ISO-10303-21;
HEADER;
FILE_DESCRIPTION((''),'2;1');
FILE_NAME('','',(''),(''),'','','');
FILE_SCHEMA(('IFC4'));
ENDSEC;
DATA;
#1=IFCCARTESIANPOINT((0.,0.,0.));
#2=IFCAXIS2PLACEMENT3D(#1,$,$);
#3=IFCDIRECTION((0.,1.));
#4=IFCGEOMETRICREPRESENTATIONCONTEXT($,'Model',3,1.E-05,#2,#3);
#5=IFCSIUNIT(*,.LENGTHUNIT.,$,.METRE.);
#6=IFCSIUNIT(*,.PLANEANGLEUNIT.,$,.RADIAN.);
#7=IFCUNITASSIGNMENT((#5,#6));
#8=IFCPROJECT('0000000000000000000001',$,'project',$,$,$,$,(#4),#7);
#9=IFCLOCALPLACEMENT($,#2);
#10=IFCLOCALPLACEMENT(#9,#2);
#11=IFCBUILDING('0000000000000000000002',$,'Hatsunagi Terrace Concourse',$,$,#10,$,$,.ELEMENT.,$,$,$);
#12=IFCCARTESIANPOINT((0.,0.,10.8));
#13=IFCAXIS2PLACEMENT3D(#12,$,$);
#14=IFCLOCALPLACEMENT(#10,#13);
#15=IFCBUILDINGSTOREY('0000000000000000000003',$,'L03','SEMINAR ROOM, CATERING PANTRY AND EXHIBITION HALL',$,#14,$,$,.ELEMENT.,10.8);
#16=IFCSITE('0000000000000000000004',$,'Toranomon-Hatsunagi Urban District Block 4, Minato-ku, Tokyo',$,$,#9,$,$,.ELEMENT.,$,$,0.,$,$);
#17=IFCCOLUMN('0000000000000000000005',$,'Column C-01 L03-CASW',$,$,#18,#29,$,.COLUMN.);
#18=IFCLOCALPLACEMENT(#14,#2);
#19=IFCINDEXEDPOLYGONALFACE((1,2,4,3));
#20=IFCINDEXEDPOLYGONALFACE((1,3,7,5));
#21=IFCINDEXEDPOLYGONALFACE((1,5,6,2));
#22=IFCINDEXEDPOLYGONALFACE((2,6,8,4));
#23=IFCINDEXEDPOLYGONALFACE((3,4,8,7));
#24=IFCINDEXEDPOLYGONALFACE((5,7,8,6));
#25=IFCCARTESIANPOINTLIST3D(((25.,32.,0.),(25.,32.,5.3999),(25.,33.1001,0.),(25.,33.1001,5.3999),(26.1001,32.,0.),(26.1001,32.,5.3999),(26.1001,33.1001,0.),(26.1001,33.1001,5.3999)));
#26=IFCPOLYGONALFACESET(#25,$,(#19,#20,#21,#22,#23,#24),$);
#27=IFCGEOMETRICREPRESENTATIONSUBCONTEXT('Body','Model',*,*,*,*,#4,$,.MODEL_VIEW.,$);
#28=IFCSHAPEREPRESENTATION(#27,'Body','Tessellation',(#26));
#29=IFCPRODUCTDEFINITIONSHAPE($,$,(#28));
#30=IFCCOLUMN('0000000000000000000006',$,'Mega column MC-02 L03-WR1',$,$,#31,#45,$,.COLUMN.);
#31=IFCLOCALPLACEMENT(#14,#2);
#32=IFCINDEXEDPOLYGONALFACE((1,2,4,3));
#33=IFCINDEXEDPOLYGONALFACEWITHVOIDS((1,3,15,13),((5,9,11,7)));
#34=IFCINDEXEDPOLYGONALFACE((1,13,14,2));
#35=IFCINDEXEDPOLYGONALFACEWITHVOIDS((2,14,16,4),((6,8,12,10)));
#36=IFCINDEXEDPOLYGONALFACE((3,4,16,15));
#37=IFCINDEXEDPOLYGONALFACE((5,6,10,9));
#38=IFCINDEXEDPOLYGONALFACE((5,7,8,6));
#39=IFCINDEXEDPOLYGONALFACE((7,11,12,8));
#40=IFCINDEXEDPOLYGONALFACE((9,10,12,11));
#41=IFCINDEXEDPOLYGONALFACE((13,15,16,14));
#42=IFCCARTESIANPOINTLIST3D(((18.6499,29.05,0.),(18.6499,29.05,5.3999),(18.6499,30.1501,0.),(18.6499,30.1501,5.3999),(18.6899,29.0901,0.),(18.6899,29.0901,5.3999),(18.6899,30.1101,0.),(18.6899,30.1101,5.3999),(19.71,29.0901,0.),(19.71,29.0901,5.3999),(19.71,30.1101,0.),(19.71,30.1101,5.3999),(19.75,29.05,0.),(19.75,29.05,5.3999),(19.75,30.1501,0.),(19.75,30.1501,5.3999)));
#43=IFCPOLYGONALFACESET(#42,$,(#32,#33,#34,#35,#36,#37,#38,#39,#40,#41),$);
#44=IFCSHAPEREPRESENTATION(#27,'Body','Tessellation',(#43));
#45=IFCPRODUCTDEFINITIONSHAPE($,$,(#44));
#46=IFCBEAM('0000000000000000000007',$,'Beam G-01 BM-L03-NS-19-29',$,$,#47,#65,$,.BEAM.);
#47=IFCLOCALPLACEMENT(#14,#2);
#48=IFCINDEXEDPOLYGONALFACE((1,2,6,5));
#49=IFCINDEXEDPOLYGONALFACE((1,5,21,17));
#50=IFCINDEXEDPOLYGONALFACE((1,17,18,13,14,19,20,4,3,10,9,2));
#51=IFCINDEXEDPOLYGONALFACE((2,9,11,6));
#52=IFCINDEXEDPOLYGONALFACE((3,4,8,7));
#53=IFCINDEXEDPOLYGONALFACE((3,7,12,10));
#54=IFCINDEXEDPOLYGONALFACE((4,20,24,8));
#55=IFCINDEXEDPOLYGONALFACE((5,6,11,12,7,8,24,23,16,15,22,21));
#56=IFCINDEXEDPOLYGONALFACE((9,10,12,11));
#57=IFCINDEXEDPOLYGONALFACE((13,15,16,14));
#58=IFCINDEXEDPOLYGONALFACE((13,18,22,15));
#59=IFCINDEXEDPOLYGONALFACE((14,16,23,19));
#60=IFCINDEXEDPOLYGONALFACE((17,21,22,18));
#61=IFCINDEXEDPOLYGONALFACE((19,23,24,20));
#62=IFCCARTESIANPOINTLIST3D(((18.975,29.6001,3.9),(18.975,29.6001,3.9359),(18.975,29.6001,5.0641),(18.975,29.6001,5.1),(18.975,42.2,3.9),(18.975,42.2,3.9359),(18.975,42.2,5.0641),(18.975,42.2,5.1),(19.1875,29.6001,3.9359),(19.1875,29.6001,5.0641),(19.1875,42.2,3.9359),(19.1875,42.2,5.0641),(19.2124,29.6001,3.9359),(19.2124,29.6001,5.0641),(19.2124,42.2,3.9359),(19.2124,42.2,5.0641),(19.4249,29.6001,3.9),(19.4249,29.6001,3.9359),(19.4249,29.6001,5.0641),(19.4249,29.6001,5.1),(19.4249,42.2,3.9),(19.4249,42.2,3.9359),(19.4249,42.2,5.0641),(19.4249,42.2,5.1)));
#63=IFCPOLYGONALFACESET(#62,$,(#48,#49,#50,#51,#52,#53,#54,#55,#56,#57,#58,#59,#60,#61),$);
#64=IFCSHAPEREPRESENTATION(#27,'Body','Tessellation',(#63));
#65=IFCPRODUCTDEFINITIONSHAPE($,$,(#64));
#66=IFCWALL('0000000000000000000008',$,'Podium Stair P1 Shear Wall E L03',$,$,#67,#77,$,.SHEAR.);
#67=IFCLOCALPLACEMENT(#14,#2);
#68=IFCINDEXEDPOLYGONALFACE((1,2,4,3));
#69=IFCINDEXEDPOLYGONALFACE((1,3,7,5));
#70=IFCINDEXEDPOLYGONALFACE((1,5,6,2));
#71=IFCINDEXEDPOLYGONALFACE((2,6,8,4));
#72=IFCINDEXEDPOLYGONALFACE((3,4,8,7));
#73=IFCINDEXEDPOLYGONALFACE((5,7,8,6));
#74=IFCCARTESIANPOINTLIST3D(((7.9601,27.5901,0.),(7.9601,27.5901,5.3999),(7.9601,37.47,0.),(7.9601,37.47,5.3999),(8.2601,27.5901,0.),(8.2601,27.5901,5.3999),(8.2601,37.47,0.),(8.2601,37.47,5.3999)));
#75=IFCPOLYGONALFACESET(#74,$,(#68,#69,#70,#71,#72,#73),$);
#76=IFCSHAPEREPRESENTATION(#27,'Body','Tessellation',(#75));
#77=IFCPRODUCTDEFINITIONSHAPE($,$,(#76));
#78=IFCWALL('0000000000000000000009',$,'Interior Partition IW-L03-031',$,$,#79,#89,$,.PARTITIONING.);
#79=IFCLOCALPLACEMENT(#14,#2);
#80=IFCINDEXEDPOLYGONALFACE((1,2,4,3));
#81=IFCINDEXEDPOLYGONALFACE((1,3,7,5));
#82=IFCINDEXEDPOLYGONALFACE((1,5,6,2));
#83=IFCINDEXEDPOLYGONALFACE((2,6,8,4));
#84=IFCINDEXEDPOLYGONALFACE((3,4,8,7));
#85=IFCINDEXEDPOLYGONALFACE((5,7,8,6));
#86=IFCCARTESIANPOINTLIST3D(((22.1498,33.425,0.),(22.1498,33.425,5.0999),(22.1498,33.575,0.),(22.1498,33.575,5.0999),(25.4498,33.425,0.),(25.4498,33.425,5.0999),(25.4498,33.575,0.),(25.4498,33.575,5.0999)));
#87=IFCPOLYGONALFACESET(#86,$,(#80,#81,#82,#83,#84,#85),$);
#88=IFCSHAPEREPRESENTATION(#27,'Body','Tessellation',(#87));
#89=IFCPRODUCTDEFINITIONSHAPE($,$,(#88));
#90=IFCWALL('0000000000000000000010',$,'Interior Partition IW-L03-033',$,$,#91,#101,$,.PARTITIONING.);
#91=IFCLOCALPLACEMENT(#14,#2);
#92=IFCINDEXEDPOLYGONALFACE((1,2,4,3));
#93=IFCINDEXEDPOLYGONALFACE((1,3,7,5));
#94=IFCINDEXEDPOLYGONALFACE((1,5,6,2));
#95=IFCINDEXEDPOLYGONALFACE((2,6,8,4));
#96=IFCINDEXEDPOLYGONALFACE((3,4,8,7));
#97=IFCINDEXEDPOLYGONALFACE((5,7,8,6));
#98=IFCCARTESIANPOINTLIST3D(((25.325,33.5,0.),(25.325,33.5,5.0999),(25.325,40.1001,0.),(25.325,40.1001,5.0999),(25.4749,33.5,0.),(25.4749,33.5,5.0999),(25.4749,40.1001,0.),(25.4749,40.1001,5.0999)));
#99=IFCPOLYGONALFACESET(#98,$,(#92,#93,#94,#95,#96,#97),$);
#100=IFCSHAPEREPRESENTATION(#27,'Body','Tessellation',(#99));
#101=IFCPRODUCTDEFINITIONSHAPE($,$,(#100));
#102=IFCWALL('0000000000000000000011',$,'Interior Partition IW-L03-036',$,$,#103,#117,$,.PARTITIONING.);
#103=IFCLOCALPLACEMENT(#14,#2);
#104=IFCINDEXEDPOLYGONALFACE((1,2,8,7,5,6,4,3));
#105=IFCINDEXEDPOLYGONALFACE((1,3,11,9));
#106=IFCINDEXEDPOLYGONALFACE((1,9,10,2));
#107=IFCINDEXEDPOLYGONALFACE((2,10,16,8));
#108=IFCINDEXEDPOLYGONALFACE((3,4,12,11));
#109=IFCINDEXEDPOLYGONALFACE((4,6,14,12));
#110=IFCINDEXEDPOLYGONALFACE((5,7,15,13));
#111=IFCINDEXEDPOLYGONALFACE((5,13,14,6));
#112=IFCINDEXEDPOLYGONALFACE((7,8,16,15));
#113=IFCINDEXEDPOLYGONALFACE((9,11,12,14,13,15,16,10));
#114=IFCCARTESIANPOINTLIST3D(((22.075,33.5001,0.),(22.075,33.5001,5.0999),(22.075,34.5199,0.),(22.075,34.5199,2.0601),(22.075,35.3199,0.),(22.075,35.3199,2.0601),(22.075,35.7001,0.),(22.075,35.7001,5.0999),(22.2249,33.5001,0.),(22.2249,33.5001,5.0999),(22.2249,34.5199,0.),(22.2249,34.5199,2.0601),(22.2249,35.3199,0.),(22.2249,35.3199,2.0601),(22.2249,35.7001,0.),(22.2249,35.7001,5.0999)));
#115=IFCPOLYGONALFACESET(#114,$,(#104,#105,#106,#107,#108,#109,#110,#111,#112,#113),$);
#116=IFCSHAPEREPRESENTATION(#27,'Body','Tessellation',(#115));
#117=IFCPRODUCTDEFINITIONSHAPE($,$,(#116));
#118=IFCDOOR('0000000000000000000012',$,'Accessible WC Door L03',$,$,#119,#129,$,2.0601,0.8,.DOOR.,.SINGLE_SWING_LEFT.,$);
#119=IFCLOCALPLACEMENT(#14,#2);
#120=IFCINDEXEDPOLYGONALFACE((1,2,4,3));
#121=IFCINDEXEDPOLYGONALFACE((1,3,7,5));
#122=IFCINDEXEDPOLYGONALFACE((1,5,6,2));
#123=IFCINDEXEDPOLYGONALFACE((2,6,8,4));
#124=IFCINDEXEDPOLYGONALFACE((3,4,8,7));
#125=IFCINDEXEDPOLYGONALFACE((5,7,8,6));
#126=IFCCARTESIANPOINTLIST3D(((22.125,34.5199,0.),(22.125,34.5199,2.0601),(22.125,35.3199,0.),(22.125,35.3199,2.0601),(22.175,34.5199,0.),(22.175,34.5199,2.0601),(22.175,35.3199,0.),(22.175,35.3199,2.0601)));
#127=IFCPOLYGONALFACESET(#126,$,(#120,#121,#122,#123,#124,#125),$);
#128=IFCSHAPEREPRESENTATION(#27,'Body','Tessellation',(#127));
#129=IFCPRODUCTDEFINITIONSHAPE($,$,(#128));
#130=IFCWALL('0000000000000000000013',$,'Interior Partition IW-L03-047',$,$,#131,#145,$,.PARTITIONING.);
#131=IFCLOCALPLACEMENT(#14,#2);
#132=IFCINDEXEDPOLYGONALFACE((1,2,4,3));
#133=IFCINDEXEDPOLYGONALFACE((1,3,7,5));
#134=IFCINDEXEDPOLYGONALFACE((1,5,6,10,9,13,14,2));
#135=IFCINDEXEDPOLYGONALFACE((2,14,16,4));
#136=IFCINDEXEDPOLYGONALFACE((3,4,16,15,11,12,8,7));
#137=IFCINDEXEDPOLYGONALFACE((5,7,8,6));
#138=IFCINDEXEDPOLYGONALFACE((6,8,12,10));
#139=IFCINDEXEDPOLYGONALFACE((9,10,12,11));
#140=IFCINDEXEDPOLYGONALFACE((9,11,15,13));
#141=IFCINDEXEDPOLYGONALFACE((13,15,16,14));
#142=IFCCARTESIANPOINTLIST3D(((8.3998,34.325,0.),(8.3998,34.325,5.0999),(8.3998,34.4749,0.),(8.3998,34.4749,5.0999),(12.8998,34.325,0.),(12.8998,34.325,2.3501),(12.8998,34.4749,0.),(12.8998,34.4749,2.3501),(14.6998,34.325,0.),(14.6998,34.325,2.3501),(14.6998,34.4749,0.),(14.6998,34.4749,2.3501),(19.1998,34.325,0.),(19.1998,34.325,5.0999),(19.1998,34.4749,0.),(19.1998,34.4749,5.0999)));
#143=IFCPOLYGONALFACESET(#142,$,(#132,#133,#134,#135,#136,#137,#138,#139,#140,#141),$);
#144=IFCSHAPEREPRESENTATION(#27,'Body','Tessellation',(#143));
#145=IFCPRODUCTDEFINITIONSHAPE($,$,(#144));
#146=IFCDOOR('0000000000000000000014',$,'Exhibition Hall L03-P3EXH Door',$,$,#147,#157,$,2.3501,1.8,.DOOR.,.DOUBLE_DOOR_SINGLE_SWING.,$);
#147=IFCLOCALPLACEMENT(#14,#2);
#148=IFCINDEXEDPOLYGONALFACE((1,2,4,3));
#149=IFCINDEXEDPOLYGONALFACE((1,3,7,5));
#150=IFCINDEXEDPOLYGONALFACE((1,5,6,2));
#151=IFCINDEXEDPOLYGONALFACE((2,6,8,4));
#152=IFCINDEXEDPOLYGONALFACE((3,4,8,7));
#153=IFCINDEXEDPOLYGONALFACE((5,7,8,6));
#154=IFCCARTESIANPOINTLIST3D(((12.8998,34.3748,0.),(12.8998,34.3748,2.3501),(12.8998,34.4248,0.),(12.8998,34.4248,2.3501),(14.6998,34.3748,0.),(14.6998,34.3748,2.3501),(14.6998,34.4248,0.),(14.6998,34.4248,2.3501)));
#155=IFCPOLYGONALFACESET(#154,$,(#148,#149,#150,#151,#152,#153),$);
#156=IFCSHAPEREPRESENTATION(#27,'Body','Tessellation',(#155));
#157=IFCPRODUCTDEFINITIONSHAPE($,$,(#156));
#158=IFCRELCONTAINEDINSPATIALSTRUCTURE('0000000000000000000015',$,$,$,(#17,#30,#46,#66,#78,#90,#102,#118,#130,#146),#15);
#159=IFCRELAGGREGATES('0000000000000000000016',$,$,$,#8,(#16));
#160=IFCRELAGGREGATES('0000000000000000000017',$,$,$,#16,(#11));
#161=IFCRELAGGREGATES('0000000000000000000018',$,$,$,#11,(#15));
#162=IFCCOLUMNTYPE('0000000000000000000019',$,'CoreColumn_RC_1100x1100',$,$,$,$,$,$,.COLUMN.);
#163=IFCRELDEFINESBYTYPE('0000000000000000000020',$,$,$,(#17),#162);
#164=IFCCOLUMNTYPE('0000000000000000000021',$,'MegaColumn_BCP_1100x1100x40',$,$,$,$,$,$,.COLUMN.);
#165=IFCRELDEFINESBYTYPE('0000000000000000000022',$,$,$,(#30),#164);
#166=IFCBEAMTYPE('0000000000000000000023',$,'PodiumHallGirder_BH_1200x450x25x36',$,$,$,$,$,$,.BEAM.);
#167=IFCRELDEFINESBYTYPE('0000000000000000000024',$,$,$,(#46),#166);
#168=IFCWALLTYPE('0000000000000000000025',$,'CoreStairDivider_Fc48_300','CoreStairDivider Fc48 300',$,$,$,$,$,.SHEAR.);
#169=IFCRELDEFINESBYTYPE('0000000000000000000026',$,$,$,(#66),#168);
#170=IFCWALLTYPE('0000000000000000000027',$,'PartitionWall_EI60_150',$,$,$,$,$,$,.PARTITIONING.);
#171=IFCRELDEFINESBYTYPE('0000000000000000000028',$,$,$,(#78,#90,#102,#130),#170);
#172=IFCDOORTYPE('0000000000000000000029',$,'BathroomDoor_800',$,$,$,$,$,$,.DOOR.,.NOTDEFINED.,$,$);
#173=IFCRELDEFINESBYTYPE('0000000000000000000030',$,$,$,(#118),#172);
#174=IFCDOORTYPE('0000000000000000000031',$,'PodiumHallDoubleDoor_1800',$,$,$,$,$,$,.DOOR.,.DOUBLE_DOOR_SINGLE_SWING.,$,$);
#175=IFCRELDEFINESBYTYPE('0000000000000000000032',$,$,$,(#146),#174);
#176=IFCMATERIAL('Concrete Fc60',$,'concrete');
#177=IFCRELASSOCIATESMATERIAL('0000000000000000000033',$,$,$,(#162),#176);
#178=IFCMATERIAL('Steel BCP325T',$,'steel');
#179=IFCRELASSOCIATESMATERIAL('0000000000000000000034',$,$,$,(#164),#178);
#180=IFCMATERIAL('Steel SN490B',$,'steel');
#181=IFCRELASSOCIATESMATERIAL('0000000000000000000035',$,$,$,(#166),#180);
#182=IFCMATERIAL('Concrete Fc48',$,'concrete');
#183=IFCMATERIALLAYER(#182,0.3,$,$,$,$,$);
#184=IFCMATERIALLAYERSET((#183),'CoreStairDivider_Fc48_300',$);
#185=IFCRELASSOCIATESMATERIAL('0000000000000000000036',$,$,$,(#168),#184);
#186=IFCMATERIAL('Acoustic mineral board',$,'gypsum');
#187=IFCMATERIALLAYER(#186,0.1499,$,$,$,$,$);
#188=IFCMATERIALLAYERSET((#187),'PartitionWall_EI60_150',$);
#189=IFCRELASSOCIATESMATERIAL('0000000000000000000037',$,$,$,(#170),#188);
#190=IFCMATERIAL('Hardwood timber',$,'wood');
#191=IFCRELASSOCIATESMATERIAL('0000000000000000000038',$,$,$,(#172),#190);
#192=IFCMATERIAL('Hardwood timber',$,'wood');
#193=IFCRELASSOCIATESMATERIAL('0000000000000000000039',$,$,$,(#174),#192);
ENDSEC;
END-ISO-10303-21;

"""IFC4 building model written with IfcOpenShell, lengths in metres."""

from ifc_helpers import new_model, si_unit, direction, frame, frame_2d, origin, origin_2d, place, context, subcontext, project, spatial, rectangle, hollow_rectangle, i_section, extrude, material, layer, layer_set, material_profile, profile_set, type_object, element, fill, save


model = new_model("IFC4")

# Units and contexts
model_context = context("Model", 3, precision=1e-05, world=origin(), true_north=direction((0.0, 1.0)))
body_context = subcontext(model_context, "Body", "Model", "MODEL_VIEW")
ifc_project = project(units=[si_unit("LENGTHUNIT", "METRE"), si_unit("PLANEANGLEUNIT", "RADIAN")], contexts=[model_context])

# Site, building, storey
site_placement = place(None, origin())
site = spatial("IfcSite", under=ifc_project, at=site_placement, Name="Toranomon-Hatsunagi Urban District Block 4, Minato-ku, Tokyo", CompositionType="ELEMENT", RefElevation=0.0)
building_placement = place(site_placement, origin())
building = spatial("IfcBuilding", under=site, at=building_placement, Name="Hatsunagi Terrace Concourse", CompositionType="ELEMENT")
storey_placement = place(building_placement, frame((0.0, 0.0, 10.8)))
storey = spatial("IfcBuildingStorey", under=building, at=storey_placement, Name="L03", Description="SEMINAR ROOM, CATERING PANTRY AND EXHIBITION HALL", CompositionType="ELEMENT", Elevation=10.8)

# Columns
ifc_material_1 = material(Name="Concrete Fc60", Category="concrete")
ifc_material_profile_1 = material_profile(ifc_material_1, rectangle(XDim=1.1001, YDim=1.1001, at=origin_2d()), Name="RC-1100x1100")
ifc_profile_set_1 = profile_set([ifc_material_profile_1], Name="Concrete Fc60")
column_type_1 = type_object("IfcColumnType", Name="CoreColumn_RC_1100x1100", PredefinedType="COLUMN", material=ifc_profile_set_1)
column_1_placement = place(storey_placement, frame((25.55, 32.55, 0.0), z_axis=(0.0, 0.0, 1.0), x_axis=(1.0, 0.0, 0.0)))
element("IfcColumn", 1, at=column_1_placement, inside=storey, type_object=column_type_1, Name="Column C-01 L03-CASW", PredefinedType="COLUMN", context=body_context, shape_type="SweptSolid", body=[
    extrude(rectangle(XDim=1.1001, YDim=1.1001, at=origin_2d()), origin(), (0.0, 0.0, 1.0), 5.3999),
])
ifc_material_2 = material(Name="Steel BCP325T", Category="steel")
ifc_material_profile_2 = material_profile(ifc_material_2, hollow_rectangle(XDim=1.1001, YDim=1.1001, WallThickness=0.04, at=origin_2d()), Name="BCP-1100x1100x40")
ifc_profile_set_2 = profile_set([ifc_material_profile_2], Name="Steel BCP325T")
column_type_2 = type_object("IfcColumnType", Name="MegaColumn_BCP_1100x1100x40", PredefinedType="COLUMN", material=ifc_profile_set_2)
column_2_placement = place(storey_placement, frame((19.2, 29.6001, 0.0), z_axis=(0.0, 0.0, 1.0), x_axis=(1.0, 0.0, 0.0)))
element("IfcColumn", 2, at=column_2_placement, inside=storey, type_object=column_type_2, Name="Mega column MC-02 L03-WR1", PredefinedType="COLUMN", context=body_context, shape_type="SweptSolid", body=[
    extrude(hollow_rectangle(XDim=1.1001, YDim=1.1001, WallThickness=0.04, at=origin_2d()), origin(), (0.0, 0.0, 1.0), 5.3999),
])

# Beam
ifc_material_3 = material(Name="Steel SN490B", Category="steel")
ifc_material_profile_3 = material_profile(ifc_material_3, i_section(OverallWidth=0.45, OverallDepth=1.2, WebThickness=0.0249, FlangeThickness=0.0359, at=origin_2d()), Name="BH-1200x450x25x36")
ifc_profile_set_3 = profile_set([ifc_material_profile_3], Name="Steel SN490B")
beam_type = type_object("IfcBeamType", Name="PodiumHallGirder_BH_1200x450x25x36", PredefinedType="BEAM", material=ifc_profile_set_3)
beam_placement = place(storey_placement, frame((19.2, 29.6001, 4.5), z_axis=(0.0, 1.0, 0.0), x_axis=(-1.0, 0.0, 0.0)))
element("IfcBeam", 3, at=beam_placement, inside=storey, type_object=beam_type, Name="Beam G-01 BM-L03-NS-19-29", PredefinedType="BEAM", context=body_context, shape_type="SweptSolid", body=[
    extrude(i_section(OverallWidth=0.45, OverallDepth=1.2, WebThickness=0.0249, FlangeThickness=0.0359, at=origin_2d()), origin(), (0.0, 0.0, 1.0), 12.5999),
])

# Walls
ifc_material_4 = material(Name="Concrete Fc48", Category="concrete")
ifc_layer_1 = layer(ifc_material_4, 0.3)
ifc_layer_set_1 = layer_set([ifc_layer_1], Name="CoreStairDivider_Fc48_300")
wall_type_1 = type_object("IfcWallType", Name="CoreStairDivider_Fc48_300", Description="CoreStairDivider Fc48 300", PredefinedType="SHEAR", material=ifc_layer_set_1)
wall_1_placement = place(storey_placement, frame((8.1101, 27.5901, 0.0), z_axis=(0.0, 0.0, 1.0), x_axis=(0.0, 1.0, 0.0)))
element("IfcWall", 4, at=wall_1_placement, inside=storey, type_object=wall_type_1, Name="Podium Stair P1 Shear Wall E L03", PredefinedType="SHEAR", context=body_context, shape_type="SweptSolid", body=[
    extrude(rectangle(XDim=9.8799, YDim=0.3, at=frame_2d((4.9399, 0.0))), origin(), (0.0, 0.0, 1.0), 5.3999),
])
ifc_material_5 = material(Name="Acoustic mineral board", Category="gypsum")
ifc_layer_2 = layer(ifc_material_5, 0.1499)
ifc_layer_set_2 = layer_set([ifc_layer_2], Name="PartitionWall_EI60_150")
wall_type_2 = type_object("IfcWallType", Name="PartitionWall_EI60_150", PredefinedType="PARTITIONING", material=ifc_layer_set_2)
wall_2_placement = place(storey_placement, frame((22.1499, 33.5, 0.0), z_axis=(0.0, 0.0, 1.0), x_axis=(1.0, 0.0, 0.0)))
element("IfcWall", 5, at=wall_2_placement, inside=storey, type_object=wall_type_2, Name="Interior Partition IW-L03-031", PredefinedType="PARTITIONING", context=body_context, shape_type="SweptSolid", body=[
    extrude(rectangle(XDim=3.3, YDim=0.1499, at=frame_2d((1.6499, 0.0))), origin(), (0.0, 0.0, 1.0), 5.0999),
])
wall_3_placement = place(storey_placement, frame((25.3999, 33.5, 0.0), z_axis=(0.0, 0.0, 1.0), x_axis=(0.0, 1.0, 0.0)))
element("IfcWall", 6, at=wall_3_placement, inside=storey, type_object=wall_type_2, Name="Interior Partition IW-L03-033", PredefinedType="PARTITIONING", context=body_context, shape_type="SweptSolid", body=[
    extrude(rectangle(XDim=6.6001, YDim=0.1499, at=frame_2d((3.3, 0.0))), origin(), (0.0, 0.0, 1.0), 5.0999),
])

# Walls, openings, doors
wall_4_placement = place(storey_placement, frame((22.1499, 33.5, 0.0), z_axis=(0.0, 0.0, 1.0), x_axis=(0.0, 1.0, 0.0)))
wall_4 = element("IfcWall", 7, at=wall_4_placement, inside=storey, type_object=wall_type_2, Name="Interior Partition IW-L03-036", PredefinedType="PARTITIONING", context=body_context, shape_type="SweptSolid", body=[
    extrude(rectangle(XDim=2.2, YDim=0.1499, at=frame_2d((1.1001, 0.0))), origin(), (0.0, 0.0, 1.0), 5.0999),
])
opening_1_placement = place(wall_4_placement, frame((1.02, 0.0, 0.0)))
opening_1 = element("IfcOpeningElement", 8, at=opening_1_placement, cuts=wall_4, PredefinedType="OPENING", context=body_context, shape_type="SweptSolid", body=[
    extrude(rectangle(XDim=0.8, YDim=2.0601, at=frame_2d((0.3999, 1.03))), frame((0.0, 0.085, 0.0), z_axis=(0.0, -1.0, 0.0), x_axis=(1.0, 0.0, 0.0)), (0.0, 0.0, 1.0), 0.1699),
])
ifc_material_6 = material(Name="Hardwood timber", Category="wood")
door_type_1 = type_object("IfcDoorType", Name="BathroomDoor_800", OperationType="NOTDEFINED", PredefinedType="DOOR", material=ifc_material_6)
door_1_placement = place(opening_1_placement, origin())
door_1 = element("IfcDoor", 9, at=door_1_placement, inside=storey, type_object=door_type_1, Name="Accessible WC Door L03", OperationType="SINGLE_SWING_LEFT", OverallHeight=2.0601, OverallWidth=0.8, PredefinedType="DOOR", context=body_context, shape_type="SweptSolid", body=[
    extrude(rectangle(XDim=0.8, YDim=2.0601, at=frame_2d((0.3999, 1.03))), frame((0.0, 0.0249, 0.0), z_axis=(0.0, -1.0, 0.0), x_axis=(1.0, 0.0, 0.0)), (0.0, 0.0, 1.0), 0.05),
])
fill(opening_1, door_1)
wall_5_placement = place(storey_placement, frame((8.3999, 34.3999, 0.0), z_axis=(0.0, 0.0, 1.0), x_axis=(1.0, 0.0, 0.0)))
wall_5 = element("IfcWall", 10, at=wall_5_placement, inside=storey, type_object=wall_type_2, Name="Interior Partition IW-L03-047", PredefinedType="PARTITIONING", context=body_context, shape_type="SweptSolid", body=[
    extrude(rectangle(XDim=10.8, YDim=0.1499, at=frame_2d((5.3999, 0.0))), origin(), (0.0, 0.0, 1.0), 5.0999),
])
opening_2_placement = place(wall_5_placement, frame((4.5, 0.0, 0.0)))
opening_2 = element("IfcOpeningElement", 11, at=opening_2_placement, cuts=wall_5, PredefinedType="OPENING", context=body_context, shape_type="SweptSolid", body=[
    extrude(rectangle(XDim=1.8, YDim=2.3501, at=frame_2d((0.8999, 1.175))), frame((0.0, 0.085, 0.0), z_axis=(0.0, -1.0, 0.0), x_axis=(1.0, 0.0, 0.0)), (0.0, 0.0, 1.0), 0.1699),
])
ifc_material_7 = material(Name="Hardwood timber", Category="wood")
door_type_2 = type_object("IfcDoorType", Name="PodiumHallDoubleDoor_1800", OperationType="DOUBLE_DOOR_SINGLE_SWING", PredefinedType="DOOR", material=ifc_material_7)
door_2_placement = place(opening_2_placement, origin())
door_2 = element("IfcDoor", 12, at=door_2_placement, inside=storey, type_object=door_type_2, Name="Exhibition Hall L03-P3EXH Door", OperationType="DOUBLE_DOOR_SINGLE_SWING", OverallHeight=2.3501, OverallWidth=1.8, PredefinedType="DOOR", context=body_context, shape_type="SweptSolid", body=[
    extrude(rectangle(XDim=1.8, YDim=2.3501, at=frame_2d((0.8999, 1.175))), frame((0.0, 0.0249, 0.0), z_axis=(0.0, -1.0, 0.0), x_axis=(1.0, 0.0, 0.0)), (0.0, 0.0, 1.0), 0.05),
])
fill(opening_2, door_2)

save(model, "model.ifc")
